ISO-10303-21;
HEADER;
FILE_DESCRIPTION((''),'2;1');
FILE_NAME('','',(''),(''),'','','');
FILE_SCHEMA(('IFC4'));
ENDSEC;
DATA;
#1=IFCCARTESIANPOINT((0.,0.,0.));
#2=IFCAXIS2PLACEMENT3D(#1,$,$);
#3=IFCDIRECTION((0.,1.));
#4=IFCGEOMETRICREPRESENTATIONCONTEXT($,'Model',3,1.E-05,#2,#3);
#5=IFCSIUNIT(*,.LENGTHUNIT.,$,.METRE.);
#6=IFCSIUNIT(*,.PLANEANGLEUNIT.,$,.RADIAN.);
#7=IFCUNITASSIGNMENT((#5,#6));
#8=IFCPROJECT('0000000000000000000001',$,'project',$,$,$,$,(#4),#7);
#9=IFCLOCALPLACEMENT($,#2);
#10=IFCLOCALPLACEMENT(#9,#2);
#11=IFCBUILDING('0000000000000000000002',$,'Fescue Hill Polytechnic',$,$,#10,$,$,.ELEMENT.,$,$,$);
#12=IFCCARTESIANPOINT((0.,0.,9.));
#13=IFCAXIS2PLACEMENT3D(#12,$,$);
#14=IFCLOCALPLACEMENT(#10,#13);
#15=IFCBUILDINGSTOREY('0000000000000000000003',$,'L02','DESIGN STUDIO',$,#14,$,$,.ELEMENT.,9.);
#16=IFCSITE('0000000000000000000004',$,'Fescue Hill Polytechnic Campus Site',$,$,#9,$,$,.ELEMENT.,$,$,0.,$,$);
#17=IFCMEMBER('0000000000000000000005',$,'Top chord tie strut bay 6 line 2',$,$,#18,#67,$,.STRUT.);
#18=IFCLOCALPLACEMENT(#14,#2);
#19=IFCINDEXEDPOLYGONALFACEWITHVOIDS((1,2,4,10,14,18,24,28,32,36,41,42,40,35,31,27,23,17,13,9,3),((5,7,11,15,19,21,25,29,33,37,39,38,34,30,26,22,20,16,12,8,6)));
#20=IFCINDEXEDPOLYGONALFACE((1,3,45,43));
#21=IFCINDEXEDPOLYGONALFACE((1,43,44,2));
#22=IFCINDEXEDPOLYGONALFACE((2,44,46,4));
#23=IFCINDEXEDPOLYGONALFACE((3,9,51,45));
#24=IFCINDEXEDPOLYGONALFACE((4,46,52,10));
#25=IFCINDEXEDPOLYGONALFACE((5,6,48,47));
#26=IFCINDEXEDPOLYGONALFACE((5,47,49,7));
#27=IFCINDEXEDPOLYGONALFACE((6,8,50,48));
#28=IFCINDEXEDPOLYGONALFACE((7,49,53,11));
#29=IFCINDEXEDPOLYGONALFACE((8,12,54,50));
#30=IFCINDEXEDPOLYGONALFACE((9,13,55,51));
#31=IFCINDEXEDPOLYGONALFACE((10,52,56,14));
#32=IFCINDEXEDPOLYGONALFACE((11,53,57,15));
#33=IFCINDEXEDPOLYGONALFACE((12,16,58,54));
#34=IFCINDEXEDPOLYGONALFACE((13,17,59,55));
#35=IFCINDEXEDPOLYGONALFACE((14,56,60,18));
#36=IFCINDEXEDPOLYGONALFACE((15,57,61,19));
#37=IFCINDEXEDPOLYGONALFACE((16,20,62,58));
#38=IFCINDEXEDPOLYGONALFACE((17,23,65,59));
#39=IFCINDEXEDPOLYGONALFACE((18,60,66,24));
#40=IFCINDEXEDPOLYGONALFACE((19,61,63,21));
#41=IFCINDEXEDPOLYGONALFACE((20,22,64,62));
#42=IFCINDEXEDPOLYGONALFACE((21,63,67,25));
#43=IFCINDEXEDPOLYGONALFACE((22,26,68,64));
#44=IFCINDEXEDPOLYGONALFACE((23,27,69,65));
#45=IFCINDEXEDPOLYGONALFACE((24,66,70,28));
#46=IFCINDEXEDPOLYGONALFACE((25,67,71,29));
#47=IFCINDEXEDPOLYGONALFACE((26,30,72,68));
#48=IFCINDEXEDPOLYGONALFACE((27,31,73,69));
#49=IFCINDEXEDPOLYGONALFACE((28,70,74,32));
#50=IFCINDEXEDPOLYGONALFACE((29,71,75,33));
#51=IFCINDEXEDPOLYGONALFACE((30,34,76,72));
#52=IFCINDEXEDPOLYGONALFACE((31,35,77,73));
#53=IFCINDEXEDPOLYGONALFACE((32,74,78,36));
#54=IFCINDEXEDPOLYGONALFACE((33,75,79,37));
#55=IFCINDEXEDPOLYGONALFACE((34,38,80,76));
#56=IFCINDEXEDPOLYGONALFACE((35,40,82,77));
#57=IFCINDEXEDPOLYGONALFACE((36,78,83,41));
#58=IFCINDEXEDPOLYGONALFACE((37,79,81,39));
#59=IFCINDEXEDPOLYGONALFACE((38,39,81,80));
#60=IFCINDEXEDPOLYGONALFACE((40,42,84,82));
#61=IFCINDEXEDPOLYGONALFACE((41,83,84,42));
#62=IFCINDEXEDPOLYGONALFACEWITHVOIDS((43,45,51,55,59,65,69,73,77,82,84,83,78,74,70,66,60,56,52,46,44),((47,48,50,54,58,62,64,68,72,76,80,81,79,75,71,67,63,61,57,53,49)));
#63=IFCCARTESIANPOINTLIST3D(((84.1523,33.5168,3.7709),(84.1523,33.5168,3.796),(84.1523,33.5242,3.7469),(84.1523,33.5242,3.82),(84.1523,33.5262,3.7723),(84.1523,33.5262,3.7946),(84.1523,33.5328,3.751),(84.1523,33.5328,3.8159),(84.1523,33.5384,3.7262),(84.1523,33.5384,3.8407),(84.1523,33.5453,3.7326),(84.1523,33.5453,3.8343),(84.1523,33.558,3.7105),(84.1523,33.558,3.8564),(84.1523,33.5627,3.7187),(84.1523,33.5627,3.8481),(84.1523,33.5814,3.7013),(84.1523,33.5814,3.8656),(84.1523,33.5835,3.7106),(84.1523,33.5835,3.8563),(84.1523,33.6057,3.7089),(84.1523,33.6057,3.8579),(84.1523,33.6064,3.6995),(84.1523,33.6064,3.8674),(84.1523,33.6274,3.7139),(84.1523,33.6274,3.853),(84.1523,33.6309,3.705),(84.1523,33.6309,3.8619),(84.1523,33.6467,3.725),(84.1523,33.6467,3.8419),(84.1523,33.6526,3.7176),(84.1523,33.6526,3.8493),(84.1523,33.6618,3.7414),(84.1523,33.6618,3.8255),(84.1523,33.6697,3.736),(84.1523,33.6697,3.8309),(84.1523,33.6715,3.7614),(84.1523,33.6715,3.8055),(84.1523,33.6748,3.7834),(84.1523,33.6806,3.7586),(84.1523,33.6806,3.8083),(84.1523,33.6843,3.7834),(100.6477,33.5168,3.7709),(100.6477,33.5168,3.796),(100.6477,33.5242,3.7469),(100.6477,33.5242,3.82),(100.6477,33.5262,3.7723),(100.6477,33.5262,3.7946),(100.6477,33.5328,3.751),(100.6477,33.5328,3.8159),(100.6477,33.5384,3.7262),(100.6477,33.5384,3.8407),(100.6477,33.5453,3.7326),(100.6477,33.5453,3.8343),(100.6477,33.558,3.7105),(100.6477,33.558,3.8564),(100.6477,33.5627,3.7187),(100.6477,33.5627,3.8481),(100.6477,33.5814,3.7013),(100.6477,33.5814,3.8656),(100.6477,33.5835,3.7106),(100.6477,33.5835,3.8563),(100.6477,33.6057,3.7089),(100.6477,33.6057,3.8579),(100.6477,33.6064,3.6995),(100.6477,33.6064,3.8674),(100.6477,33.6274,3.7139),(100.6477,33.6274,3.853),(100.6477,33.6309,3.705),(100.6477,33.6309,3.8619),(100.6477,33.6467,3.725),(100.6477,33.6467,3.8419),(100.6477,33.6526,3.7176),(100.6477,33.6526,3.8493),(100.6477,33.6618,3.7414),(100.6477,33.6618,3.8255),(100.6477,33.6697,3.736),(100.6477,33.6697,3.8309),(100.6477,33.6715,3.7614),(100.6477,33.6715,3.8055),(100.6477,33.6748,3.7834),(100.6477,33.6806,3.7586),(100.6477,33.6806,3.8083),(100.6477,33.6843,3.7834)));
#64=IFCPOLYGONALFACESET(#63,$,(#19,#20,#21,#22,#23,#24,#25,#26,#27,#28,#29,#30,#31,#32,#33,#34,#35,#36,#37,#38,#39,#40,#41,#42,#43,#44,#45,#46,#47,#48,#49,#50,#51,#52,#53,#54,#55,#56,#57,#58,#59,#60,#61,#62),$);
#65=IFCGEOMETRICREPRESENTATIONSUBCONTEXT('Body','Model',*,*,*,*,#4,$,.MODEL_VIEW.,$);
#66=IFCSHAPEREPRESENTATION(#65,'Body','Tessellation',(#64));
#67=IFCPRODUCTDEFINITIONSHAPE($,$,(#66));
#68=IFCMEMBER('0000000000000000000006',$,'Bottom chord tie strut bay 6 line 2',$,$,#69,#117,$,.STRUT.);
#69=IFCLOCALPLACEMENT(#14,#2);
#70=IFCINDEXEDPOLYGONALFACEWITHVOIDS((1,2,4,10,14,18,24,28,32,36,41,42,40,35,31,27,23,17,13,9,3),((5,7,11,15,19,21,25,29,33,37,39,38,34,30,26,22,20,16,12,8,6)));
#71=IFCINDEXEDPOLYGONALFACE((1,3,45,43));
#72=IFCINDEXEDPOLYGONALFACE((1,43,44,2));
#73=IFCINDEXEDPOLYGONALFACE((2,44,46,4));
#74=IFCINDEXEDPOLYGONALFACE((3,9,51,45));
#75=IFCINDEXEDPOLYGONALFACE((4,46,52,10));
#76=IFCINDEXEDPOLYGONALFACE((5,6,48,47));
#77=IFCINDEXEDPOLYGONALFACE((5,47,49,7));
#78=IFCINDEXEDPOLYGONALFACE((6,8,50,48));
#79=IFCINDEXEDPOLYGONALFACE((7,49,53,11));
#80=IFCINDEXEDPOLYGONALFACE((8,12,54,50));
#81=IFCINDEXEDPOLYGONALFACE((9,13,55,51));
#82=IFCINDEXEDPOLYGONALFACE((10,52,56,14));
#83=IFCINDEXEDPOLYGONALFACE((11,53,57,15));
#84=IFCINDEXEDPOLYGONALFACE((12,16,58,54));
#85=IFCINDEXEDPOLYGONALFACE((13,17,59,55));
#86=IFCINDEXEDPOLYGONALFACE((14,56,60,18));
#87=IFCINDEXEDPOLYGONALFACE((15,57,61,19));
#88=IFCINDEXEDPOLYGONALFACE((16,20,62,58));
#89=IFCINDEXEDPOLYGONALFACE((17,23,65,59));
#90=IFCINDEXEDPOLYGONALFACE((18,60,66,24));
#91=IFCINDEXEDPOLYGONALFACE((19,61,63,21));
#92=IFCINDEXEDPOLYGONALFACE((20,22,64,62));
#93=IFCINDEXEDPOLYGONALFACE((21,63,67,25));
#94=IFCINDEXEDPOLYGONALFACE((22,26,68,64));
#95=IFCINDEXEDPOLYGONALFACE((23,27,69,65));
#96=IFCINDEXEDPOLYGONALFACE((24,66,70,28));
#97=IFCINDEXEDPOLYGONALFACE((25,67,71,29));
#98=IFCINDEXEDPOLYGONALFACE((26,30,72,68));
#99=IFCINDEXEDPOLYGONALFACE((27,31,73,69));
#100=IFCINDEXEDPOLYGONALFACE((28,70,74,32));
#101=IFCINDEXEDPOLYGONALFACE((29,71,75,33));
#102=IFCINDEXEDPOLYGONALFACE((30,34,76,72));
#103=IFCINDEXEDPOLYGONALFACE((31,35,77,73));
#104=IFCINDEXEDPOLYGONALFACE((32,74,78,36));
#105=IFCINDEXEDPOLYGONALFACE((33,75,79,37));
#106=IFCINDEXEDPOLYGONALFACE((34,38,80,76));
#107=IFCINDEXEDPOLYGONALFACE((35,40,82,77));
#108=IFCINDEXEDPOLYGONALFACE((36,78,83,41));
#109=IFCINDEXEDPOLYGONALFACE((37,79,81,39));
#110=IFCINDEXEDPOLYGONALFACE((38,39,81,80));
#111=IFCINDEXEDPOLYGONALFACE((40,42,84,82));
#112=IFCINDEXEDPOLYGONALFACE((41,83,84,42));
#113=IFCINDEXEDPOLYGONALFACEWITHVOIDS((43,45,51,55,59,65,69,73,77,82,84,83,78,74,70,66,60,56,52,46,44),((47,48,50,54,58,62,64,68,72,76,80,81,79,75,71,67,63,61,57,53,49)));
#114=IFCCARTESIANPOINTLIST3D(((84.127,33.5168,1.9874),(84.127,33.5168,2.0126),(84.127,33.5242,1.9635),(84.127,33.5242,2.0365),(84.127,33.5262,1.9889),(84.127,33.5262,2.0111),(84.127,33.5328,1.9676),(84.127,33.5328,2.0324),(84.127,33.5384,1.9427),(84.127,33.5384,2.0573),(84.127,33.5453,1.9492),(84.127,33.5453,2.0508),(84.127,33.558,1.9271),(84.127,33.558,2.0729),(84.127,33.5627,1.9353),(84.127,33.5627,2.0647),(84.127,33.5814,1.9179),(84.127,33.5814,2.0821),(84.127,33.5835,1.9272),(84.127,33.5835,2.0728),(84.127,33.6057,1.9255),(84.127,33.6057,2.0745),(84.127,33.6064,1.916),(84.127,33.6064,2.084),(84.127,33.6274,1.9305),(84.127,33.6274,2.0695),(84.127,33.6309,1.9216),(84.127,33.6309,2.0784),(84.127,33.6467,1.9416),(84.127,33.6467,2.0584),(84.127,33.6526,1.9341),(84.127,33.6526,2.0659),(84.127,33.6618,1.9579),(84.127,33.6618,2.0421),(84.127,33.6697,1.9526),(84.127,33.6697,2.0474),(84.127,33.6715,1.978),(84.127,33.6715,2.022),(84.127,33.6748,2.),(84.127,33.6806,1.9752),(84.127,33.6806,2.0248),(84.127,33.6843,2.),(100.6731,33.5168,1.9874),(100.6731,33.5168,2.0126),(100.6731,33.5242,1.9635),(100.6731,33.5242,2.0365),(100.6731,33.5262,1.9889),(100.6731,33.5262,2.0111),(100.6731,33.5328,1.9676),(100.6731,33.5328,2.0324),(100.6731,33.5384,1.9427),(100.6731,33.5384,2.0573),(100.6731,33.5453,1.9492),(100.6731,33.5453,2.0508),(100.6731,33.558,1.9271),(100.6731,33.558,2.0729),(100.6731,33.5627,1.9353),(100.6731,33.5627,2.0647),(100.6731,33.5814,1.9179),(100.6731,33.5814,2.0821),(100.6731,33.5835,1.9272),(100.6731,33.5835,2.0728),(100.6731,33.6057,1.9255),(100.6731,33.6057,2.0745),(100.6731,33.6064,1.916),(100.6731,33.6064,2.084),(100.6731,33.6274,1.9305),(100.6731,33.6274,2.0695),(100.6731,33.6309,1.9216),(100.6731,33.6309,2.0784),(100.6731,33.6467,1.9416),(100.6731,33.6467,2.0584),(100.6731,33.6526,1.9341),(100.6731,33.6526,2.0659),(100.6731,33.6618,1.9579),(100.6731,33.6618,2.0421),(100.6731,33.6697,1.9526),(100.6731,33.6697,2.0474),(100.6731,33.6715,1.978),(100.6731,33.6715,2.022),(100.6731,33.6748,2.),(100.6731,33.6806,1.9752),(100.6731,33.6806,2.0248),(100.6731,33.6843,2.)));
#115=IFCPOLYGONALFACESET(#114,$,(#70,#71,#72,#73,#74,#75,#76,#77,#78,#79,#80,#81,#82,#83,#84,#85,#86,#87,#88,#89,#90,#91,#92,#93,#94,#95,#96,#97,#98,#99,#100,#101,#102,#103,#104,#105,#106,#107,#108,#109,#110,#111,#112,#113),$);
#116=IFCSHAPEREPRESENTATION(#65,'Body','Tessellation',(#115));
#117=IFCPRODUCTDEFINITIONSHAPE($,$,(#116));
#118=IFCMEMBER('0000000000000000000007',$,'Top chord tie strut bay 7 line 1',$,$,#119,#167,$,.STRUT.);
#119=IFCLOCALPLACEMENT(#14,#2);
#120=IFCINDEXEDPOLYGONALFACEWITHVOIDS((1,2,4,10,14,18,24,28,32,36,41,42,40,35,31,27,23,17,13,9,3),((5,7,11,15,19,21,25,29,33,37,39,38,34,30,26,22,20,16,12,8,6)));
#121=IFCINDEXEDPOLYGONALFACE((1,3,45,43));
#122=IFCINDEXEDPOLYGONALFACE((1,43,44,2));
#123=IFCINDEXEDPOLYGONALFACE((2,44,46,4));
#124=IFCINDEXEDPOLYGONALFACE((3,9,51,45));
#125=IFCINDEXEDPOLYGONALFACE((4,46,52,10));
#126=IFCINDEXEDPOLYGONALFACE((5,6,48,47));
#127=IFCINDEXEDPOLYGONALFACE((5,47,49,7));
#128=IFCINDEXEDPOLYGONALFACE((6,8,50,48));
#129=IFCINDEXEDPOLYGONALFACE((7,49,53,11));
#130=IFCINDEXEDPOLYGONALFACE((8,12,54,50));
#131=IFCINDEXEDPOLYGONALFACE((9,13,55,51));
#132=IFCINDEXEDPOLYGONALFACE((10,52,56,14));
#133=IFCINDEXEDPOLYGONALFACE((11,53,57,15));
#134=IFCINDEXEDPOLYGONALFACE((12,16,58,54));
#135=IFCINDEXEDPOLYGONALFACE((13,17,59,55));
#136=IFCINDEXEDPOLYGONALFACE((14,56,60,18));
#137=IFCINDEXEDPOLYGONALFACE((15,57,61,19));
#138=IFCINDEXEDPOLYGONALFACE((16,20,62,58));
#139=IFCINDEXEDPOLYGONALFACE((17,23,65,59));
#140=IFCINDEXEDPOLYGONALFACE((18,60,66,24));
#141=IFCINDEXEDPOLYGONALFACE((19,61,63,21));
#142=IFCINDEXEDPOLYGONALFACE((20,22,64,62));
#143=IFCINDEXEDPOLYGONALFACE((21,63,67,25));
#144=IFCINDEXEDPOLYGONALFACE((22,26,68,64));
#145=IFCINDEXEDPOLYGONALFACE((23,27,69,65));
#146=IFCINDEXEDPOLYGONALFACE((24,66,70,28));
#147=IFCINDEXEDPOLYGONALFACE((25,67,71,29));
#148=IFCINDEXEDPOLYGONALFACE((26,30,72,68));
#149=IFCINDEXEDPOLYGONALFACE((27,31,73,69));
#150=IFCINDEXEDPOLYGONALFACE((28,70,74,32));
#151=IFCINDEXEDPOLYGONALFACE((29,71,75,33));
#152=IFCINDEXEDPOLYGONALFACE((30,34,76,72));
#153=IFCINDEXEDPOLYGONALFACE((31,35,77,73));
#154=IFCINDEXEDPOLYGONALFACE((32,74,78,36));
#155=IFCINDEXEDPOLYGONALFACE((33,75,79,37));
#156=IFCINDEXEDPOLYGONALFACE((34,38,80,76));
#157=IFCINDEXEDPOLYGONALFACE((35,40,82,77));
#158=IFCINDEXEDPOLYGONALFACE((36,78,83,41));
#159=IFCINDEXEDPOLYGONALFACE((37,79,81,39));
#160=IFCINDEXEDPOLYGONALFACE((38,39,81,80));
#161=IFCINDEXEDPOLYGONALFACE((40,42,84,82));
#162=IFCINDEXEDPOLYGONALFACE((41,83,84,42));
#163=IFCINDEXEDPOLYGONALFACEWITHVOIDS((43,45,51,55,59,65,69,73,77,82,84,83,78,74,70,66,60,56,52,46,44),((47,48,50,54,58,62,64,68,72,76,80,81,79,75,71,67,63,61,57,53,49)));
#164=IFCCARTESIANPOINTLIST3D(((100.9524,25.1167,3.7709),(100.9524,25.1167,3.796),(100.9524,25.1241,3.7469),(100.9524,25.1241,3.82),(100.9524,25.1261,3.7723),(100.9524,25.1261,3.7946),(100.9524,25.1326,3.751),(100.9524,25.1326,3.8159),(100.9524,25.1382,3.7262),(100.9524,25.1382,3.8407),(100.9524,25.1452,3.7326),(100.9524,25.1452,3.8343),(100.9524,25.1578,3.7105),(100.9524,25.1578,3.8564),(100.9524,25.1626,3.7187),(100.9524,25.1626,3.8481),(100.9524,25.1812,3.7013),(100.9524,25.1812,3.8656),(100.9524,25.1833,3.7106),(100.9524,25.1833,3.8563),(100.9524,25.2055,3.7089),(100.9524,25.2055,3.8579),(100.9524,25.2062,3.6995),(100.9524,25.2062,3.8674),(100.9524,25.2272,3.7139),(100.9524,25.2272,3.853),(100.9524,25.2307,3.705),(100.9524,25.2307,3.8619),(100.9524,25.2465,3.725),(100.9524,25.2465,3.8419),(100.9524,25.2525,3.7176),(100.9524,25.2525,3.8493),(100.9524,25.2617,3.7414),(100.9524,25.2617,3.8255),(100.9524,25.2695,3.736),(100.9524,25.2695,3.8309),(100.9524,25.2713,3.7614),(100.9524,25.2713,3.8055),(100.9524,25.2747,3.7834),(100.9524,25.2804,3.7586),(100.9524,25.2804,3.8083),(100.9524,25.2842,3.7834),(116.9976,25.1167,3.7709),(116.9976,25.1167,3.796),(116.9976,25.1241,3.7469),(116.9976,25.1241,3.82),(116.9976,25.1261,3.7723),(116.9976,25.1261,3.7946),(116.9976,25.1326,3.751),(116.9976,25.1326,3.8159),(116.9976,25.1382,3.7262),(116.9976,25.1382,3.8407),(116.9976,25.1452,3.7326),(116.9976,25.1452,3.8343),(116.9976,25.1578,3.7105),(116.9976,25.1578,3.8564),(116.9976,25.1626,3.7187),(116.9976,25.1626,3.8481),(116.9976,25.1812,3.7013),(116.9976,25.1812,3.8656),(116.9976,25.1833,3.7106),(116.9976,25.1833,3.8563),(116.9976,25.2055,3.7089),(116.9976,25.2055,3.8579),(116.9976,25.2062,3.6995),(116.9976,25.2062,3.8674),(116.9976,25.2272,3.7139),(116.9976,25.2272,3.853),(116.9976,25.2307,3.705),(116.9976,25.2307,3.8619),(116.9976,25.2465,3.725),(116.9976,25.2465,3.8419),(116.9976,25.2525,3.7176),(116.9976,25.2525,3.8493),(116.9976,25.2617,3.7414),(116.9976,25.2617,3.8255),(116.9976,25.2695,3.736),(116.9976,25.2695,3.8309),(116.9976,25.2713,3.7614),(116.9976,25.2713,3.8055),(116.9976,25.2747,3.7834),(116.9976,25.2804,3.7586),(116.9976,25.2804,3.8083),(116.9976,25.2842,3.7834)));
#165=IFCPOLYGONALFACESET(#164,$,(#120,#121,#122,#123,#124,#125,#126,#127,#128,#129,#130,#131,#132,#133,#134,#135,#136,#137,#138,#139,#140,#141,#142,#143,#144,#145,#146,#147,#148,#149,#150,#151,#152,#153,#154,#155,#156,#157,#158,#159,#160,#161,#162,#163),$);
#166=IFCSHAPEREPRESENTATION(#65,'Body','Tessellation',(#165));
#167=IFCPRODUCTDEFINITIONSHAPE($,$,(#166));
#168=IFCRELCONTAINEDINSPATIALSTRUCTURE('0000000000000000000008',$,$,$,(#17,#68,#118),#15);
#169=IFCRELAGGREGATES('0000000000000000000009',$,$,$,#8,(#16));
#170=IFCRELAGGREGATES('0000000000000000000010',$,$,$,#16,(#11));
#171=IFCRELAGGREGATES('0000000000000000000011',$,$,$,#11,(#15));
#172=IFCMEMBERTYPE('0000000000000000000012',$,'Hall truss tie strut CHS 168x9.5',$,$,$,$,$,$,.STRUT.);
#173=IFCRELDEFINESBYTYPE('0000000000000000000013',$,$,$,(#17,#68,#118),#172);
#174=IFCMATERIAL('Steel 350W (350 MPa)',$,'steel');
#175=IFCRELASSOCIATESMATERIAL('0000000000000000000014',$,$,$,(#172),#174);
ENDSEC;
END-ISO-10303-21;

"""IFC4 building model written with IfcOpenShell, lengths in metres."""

from ifc_helpers import new_model, si_unit, direction, frame, origin, origin_2d, place, context, subcontext, project, spatial, hollow_circle, extrude, material, material_profile, profile_set, type_object, element, save


model = new_model("IFC4")

# Units and contexts
model_context = context("Model", 3, precision=1e-05, world=origin(), true_north=direction((0.0, 1.0)))
body_context = subcontext(model_context, "Body", "Model", "MODEL_VIEW")
ifc_project = project(units=[si_unit("LENGTHUNIT", "METRE"), si_unit("PLANEANGLEUNIT", "RADIAN")], contexts=[model_context])

# Site, building, storey
site_placement = place(None, origin())
site = spatial("IfcSite", under=ifc_project, at=site_placement, Name="Fescue Hill Polytechnic Campus Site", CompositionType="ELEMENT", RefElevation=0.0)
building_placement = place(site_placement, origin())
building = spatial("IfcBuilding", under=site, at=building_placement, Name="Fescue Hill Polytechnic", CompositionType="ELEMENT")
storey_placement = place(building_placement, frame((0.0, 0.0, 9.0)))
storey = spatial("IfcBuildingStorey", under=building, at=storey_placement, Name="L02", Description="DESIGN STUDIO", CompositionType="ELEMENT", Elevation=9.0)

# Members
ifc_material = material(Name="Steel 350W (350 MPa)", Category="steel")
ifc_material_profile_1 = material_profile(ifc_material, hollow_circle(Radius=0.0842, WallThickness=0.0095, at=origin_2d()), Name="Hall truss tie strut CHS 168x9.5")
ifc_profile_set_1 = profile_set([ifc_material_profile_1], Name="Steel 350W (350 MPa)")
member_type_1 = type_object("IfcMemberType", Name="Hall truss tie strut CHS 168x9.5", PredefinedType="STRUT", material=ifc_profile_set_1)
member_1_placement = place(storey_placement, frame((84.1523, 33.6001, 3.7834), z_axis=(1.0, 0.0, 0.0), x_axis=(0.0, 1.0, 0.0)))
element("IfcMember", 1, at=member_1_placement, inside=storey, type_object=member_type_1, Name="Top chord tie strut bay 6 line 2", PredefinedType="STRUT", context=body_context, shape_type="SweptSolid", body=[
    extrude(hollow_circle(Radius=0.0842, WallThickness=0.0095, at=origin_2d()), origin(), (0.0, 0.0, 1.0), 16.4954),
])
member_2_placement = place(storey_placement, frame((84.127, 33.6001, 2.0), z_axis=(1.0, 0.0, 0.0), x_axis=(0.0, 1.0, 0.0)))
element("IfcMember", 2, at=member_2_placement, inside=storey, type_object=member_type_1, Name="Bottom chord tie strut bay 6 line 2", PredefinedType="STRUT", context=body_context, shape_type="SweptSolid", body=[
    extrude(hollow_circle(Radius=0.0842, WallThickness=0.0095, at=origin_2d()), origin(), (0.0, 0.0, 1.0), 16.5461),
])
member_3_placement = place(storey_placement, frame((100.9524, 25.2, 3.7834), z_axis=(1.0, 0.0, 0.0), x_axis=(0.0, 1.0, 0.0)))
element("IfcMember", 3, at=member_3_placement, inside=storey, type_object=member_type_1, Name="Top chord tie strut bay 7 line 1", PredefinedType="STRUT", context=body_context, shape_type="SweptSolid", body=[
    extrude(hollow_circle(Radius=0.0842, WallThickness=0.0095, at=origin_2d()), origin(), (0.0, 0.0, 1.0), 16.0452),
])

save(model, "model.ifc")
